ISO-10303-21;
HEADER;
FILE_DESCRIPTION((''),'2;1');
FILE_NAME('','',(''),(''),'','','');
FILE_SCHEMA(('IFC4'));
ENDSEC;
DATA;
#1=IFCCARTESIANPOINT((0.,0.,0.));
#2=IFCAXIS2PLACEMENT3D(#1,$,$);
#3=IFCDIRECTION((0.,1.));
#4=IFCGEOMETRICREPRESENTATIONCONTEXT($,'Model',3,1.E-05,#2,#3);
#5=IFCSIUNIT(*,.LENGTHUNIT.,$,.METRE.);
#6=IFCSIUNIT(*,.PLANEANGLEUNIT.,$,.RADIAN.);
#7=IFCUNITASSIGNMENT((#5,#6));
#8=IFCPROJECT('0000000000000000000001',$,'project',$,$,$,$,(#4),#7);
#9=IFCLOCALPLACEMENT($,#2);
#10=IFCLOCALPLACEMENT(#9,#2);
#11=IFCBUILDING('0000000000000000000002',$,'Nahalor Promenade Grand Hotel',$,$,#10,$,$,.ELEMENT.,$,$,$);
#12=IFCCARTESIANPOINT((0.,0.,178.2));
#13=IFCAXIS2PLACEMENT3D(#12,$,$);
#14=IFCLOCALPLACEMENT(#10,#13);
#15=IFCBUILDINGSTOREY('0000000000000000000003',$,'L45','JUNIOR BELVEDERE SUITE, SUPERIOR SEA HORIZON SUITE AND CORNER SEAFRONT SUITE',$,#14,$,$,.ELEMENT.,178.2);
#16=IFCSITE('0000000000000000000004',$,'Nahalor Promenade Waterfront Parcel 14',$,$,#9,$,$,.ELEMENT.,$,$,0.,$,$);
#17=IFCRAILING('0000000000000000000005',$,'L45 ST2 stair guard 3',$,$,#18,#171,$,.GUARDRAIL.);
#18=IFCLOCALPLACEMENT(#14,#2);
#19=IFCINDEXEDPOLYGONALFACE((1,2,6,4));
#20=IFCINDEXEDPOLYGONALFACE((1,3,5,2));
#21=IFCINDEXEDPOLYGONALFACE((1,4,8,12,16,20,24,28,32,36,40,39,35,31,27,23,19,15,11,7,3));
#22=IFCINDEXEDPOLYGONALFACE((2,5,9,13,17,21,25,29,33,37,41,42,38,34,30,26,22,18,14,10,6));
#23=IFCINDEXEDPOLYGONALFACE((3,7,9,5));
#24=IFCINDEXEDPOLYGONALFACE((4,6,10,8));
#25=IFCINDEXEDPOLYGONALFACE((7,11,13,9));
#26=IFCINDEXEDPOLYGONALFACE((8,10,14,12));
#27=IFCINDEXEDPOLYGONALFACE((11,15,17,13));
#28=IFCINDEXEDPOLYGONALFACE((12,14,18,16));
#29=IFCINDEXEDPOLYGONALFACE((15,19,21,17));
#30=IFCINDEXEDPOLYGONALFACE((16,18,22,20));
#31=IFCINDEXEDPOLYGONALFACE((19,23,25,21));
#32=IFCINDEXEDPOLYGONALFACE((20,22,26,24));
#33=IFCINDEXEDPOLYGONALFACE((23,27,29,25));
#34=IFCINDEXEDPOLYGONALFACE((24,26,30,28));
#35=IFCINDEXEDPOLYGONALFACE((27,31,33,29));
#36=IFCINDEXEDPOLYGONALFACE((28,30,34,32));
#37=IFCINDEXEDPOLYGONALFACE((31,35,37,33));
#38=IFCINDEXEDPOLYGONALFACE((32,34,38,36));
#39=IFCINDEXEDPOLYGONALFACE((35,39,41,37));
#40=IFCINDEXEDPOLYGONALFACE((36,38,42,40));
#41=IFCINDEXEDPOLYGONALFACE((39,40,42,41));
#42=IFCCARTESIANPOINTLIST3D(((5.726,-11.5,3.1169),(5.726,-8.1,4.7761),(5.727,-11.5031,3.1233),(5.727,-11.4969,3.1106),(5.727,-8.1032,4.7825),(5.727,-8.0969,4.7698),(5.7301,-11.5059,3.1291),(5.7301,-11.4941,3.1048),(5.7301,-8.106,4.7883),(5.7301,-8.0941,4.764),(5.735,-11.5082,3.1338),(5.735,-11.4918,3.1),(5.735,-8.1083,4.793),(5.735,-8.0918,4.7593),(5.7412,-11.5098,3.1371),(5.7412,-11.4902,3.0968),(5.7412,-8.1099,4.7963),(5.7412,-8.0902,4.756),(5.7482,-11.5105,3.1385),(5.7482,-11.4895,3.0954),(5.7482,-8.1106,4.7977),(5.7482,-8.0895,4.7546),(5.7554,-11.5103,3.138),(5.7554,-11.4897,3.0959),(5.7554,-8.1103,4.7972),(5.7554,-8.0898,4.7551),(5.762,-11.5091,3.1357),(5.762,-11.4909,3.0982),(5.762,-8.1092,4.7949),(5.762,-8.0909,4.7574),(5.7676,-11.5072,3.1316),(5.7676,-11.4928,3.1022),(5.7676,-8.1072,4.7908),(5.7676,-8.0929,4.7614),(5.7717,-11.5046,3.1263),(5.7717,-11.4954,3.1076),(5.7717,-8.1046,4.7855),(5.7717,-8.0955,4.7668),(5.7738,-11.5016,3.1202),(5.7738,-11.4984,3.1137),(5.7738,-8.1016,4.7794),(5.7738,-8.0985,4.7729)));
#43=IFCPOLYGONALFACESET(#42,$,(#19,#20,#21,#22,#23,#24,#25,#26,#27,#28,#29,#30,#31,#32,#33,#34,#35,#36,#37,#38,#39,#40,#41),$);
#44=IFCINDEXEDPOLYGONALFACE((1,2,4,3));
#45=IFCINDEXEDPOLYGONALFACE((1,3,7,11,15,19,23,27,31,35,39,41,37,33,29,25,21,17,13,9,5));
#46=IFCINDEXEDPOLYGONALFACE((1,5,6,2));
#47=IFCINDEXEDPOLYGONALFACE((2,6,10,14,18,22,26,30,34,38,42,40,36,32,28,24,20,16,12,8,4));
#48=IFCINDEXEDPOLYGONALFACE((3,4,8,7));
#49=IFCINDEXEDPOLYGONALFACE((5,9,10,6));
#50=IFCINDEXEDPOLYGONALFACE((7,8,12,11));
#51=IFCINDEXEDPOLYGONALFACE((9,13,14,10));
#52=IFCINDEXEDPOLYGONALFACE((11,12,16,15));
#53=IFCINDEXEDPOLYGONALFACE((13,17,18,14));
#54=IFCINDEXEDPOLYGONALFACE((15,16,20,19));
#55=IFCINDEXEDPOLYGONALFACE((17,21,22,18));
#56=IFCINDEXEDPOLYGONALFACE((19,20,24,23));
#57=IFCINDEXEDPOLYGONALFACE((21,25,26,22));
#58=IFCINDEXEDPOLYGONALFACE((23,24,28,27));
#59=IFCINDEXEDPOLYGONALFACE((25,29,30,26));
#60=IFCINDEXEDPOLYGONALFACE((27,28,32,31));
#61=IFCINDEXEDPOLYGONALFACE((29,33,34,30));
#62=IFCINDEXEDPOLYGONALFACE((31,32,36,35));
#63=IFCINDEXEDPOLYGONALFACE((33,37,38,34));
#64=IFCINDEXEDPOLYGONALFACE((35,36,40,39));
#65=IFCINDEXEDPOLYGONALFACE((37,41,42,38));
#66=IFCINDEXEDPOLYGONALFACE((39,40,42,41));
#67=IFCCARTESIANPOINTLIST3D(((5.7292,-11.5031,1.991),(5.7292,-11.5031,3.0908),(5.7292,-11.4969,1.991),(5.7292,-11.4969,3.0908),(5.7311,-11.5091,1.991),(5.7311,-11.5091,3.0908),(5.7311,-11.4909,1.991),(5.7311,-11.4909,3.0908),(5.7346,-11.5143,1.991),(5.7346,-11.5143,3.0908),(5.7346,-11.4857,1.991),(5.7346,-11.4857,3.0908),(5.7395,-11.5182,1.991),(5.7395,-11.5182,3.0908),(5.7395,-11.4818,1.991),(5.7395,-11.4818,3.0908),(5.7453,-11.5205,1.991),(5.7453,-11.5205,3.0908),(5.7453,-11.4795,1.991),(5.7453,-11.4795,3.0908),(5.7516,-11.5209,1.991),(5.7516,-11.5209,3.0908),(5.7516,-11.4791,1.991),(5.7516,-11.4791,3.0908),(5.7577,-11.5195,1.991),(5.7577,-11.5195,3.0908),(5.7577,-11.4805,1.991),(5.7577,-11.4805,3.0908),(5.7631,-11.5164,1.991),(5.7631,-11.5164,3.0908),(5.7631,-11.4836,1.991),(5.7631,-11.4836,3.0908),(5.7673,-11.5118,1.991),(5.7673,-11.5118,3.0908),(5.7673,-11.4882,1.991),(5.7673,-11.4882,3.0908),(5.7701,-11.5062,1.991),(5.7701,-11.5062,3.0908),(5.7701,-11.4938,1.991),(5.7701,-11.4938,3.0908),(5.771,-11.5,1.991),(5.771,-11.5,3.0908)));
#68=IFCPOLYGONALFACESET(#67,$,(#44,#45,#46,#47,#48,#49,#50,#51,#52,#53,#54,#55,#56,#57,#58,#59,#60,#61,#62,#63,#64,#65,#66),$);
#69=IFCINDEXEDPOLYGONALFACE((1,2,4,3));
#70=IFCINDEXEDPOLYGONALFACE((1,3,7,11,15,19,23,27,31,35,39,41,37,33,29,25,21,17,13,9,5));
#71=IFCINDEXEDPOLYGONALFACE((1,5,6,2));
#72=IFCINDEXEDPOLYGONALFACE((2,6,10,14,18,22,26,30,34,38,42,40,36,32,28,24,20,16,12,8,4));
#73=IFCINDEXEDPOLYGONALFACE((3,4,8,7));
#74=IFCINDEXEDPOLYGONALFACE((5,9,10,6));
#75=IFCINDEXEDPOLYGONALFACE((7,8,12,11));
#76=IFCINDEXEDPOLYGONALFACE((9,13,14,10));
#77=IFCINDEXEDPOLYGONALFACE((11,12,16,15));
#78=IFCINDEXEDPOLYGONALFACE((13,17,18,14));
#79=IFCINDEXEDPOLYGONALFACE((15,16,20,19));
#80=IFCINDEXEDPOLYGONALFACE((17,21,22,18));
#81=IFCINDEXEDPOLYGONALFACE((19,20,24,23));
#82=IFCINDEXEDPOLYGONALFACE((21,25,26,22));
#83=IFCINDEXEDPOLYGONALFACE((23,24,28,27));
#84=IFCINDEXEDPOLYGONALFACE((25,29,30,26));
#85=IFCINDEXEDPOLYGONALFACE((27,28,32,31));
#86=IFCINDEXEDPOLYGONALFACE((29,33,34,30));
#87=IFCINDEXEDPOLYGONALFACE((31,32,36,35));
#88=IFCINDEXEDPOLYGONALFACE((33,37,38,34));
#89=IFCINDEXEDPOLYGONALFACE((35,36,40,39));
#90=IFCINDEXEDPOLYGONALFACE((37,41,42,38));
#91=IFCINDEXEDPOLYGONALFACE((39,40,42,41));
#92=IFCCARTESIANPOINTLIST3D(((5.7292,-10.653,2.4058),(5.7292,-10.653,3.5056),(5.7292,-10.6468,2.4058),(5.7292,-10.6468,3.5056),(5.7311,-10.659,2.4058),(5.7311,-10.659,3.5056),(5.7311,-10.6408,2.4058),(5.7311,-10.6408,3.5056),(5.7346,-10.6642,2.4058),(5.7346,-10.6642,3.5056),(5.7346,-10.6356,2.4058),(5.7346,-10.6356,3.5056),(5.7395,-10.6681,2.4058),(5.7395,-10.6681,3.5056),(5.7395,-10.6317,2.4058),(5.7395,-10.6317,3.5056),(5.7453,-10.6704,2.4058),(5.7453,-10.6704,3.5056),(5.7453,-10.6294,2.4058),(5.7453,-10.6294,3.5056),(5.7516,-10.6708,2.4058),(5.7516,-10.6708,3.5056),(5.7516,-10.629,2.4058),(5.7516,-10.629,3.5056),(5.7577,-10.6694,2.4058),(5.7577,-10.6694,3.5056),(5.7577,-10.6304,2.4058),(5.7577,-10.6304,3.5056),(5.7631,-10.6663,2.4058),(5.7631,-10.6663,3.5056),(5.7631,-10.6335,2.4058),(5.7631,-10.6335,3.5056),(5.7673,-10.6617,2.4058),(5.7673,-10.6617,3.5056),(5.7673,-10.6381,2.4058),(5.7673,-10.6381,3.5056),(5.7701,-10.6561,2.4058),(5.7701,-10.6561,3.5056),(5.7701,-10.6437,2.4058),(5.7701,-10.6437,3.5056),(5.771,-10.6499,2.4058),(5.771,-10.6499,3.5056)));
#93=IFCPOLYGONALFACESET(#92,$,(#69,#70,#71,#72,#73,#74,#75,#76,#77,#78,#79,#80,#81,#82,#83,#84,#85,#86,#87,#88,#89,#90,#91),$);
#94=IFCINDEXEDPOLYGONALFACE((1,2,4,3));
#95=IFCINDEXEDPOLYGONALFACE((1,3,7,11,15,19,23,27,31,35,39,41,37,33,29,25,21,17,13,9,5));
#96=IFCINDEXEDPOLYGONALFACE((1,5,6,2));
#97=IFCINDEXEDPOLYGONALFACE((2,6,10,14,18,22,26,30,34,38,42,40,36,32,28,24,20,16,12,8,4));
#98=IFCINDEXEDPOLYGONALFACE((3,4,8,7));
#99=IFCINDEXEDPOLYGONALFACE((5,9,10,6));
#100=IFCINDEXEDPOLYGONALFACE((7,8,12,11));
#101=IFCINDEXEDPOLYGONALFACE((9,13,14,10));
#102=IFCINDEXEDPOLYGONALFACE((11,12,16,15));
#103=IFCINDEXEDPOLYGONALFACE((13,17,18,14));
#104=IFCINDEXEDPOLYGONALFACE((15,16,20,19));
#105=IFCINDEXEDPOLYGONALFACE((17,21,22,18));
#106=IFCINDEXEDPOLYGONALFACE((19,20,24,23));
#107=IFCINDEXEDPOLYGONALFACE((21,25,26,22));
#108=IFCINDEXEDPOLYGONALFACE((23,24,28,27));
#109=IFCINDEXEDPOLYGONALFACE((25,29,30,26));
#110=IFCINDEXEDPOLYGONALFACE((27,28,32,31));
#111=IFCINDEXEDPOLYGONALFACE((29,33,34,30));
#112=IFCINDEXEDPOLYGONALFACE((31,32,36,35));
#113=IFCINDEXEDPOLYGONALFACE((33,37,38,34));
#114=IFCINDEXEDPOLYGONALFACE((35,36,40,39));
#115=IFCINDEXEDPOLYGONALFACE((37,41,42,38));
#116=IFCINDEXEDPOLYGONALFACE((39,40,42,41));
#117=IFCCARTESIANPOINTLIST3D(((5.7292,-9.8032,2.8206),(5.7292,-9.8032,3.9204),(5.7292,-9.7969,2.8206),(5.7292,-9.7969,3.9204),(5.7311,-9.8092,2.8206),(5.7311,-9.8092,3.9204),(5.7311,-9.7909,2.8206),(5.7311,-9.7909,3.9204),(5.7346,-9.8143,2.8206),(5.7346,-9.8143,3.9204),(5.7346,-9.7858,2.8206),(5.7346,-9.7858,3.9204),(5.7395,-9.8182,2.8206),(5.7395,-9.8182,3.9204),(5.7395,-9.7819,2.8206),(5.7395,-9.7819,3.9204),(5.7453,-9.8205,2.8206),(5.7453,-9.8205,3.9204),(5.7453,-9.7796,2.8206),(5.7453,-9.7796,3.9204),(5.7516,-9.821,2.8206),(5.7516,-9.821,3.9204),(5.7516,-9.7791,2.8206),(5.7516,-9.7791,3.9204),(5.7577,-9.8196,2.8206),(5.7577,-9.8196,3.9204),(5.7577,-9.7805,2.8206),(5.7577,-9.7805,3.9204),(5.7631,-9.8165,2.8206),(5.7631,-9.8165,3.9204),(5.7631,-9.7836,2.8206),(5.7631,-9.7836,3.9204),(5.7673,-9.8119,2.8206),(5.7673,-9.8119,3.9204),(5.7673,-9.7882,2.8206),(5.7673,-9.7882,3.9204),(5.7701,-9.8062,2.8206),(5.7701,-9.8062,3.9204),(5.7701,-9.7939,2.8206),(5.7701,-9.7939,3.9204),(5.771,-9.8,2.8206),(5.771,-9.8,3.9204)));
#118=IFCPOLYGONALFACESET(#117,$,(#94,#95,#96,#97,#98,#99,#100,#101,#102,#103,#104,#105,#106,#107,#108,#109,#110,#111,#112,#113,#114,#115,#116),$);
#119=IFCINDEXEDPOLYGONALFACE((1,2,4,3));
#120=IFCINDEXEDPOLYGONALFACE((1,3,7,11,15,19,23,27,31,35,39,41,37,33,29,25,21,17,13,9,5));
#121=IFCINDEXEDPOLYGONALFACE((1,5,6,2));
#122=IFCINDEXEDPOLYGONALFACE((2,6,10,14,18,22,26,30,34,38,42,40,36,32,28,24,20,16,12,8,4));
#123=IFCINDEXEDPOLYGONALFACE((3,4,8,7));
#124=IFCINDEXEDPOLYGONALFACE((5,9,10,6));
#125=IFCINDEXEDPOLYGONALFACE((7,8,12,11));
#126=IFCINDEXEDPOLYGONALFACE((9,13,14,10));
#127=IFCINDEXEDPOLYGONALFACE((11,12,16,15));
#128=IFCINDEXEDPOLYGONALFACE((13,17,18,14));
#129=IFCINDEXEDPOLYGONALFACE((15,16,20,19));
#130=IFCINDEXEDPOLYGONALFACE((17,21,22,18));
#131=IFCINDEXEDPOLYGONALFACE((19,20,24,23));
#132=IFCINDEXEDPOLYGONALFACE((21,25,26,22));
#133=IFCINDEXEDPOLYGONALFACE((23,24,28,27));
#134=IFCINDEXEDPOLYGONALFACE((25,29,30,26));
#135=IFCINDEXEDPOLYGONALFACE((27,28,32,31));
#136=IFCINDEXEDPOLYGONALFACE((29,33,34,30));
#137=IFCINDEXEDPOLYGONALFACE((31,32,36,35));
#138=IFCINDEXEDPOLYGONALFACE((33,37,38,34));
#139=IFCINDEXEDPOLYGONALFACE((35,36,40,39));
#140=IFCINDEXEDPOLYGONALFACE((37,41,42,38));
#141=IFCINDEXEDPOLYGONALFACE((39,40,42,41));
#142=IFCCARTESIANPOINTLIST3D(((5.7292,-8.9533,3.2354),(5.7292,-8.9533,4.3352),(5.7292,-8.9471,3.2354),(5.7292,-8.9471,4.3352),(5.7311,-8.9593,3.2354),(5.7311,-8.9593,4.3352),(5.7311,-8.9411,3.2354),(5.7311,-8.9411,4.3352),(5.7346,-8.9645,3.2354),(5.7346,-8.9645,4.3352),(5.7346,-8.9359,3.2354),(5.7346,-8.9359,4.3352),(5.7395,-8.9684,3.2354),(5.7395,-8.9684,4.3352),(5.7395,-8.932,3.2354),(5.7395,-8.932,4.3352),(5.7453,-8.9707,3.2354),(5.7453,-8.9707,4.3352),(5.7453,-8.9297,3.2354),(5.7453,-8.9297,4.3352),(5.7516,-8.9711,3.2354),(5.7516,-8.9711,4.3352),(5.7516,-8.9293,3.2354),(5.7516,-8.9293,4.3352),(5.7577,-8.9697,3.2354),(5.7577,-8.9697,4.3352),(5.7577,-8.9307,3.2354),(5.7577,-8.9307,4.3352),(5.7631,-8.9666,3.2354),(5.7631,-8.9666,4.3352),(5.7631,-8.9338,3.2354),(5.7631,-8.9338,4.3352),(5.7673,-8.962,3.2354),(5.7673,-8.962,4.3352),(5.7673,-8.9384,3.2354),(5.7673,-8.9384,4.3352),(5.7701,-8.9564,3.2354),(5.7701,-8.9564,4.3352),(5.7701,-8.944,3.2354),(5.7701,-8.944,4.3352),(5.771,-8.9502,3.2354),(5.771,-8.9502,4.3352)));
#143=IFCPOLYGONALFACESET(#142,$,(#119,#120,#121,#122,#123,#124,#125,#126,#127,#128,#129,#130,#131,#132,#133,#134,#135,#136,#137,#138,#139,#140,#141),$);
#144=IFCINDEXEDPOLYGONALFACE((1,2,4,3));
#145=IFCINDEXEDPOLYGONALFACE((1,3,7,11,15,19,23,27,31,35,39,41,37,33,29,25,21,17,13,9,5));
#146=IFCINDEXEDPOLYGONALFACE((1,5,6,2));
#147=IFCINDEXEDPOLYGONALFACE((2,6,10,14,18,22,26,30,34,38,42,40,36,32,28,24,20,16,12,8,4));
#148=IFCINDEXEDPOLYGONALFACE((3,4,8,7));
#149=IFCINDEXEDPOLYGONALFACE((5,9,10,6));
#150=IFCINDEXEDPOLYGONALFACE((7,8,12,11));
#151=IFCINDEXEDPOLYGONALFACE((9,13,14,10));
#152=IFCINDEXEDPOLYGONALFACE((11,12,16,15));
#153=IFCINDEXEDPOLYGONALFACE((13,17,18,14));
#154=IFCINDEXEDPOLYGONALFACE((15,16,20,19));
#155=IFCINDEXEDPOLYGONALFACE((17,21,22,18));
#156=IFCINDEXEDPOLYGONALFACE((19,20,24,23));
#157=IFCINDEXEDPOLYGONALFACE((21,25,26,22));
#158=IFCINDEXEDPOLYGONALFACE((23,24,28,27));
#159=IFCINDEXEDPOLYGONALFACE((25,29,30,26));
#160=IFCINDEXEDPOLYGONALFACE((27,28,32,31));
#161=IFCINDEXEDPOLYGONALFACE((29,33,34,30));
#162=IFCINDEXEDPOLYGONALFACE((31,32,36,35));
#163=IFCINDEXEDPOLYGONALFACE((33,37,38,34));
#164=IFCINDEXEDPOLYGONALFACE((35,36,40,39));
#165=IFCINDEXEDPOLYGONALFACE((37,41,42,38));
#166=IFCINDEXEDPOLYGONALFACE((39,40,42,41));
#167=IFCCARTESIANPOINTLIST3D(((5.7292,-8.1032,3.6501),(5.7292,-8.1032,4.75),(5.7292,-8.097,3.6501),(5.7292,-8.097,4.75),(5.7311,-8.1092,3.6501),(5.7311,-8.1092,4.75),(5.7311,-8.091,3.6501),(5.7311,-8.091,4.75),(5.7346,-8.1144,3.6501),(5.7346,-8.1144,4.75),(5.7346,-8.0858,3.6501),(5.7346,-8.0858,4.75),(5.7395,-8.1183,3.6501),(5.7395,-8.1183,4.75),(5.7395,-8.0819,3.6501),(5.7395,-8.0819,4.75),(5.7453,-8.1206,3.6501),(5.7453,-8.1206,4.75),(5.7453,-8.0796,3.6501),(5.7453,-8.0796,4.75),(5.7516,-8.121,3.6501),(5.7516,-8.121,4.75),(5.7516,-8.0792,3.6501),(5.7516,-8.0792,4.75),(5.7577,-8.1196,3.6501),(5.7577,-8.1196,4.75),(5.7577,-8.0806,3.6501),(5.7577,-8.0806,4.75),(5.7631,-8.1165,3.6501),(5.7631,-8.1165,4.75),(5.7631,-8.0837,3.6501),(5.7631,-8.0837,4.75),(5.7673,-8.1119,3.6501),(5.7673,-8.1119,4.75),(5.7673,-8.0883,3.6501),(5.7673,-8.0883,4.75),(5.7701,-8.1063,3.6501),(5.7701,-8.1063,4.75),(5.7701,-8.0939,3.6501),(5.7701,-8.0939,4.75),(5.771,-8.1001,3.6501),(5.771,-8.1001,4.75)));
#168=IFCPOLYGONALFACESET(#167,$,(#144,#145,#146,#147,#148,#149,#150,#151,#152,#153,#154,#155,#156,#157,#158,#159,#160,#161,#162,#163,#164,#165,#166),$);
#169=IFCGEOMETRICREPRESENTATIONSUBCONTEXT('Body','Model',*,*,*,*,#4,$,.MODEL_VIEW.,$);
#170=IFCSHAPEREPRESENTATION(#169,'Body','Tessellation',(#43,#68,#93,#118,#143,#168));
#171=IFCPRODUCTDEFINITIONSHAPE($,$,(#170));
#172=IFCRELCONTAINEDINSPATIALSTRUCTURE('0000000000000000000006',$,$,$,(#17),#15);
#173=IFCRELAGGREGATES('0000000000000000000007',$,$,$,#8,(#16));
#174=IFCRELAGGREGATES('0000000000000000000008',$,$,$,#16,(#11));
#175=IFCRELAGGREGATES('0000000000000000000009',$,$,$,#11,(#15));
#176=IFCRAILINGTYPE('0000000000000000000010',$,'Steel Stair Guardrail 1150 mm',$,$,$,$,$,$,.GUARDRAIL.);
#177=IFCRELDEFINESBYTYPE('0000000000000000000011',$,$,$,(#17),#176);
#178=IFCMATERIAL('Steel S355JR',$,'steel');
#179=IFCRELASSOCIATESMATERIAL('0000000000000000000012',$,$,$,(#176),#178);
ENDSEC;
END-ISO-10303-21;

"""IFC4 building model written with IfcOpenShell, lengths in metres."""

from ifc_helpers import new_model, si_unit, direction, frame, origin, origin_2d, place, context, subcontext, project, spatial, circle, extrude, material, type_object, element, save


model = new_model("IFC4")

# Units and contexts
model_context = context("Model", 3, precision=1e-05, world=origin(), true_north=direction((0.0, 1.0)))
body_context = subcontext(model_context, "Body", "Model", "MODEL_VIEW")
ifc_project = project(units=[si_unit("LENGTHUNIT", "METRE"), si_unit("PLANEANGLEUNIT", "RADIAN")], contexts=[model_context])

# Site, building, storey
site_placement = place(None, origin())
site = spatial("IfcSite", under=ifc_project, at=site_placement, Name="Nahalor Promenade Waterfront Parcel 14", CompositionType="ELEMENT", RefElevation=0.0)
building_placement = place(site_placement, origin())
building = spatial("IfcBuilding", under=site, at=building_placement, Name="Nahalor Promenade Grand Hotel", CompositionType="ELEMENT")
storey_placement = place(building_placement, frame((0.0, 0.0, 178.2)))
storey = spatial("IfcBuildingStorey", under=building, at=storey_placement, Name="L45", Description="JUNIOR BELVEDERE SUITE, SUPERIOR SEA HORIZON SUITE AND CORNER SEAFRONT SUITE", CompositionType="ELEMENT", Elevation=178.2)

# Shared definitions
ifc_material_1 = material(Name="Steel S355JR", Category="steel")

# Railing
railing_type_1 = type_object("IfcRailingType", Name="Steel Stair Guardrail 1150 mm", PredefinedType="GUARDRAIL", material=ifc_material_1)
railing_1_placement = place(storey_placement, frame((5.75, -11.5, 1.991)))
element("IfcRailing", 1, at=railing_1_placement, inside=storey, type_object=railing_type_1, Name="L45 ST2 stair guard 3", PredefinedType="GUARDRAIL", context=body_context, shape_type="SweptSolid", body=[
    extrude(circle(Radius=0.024, at=origin_2d()), frame((0.0, 0.0, 1.126), z_axis=(0.0, 0.898696, 0.438571), x_axis=(-1.0, 0.0, 0.0)), (0.0, 0.0, 1.0), 3.7832),
    extrude(circle(Radius=0.021, at=origin_2d()), origin(), (0.0, 0.0, 1.0), 1.0999),
    extrude(circle(Radius=0.021, at=origin_2d()), frame((0.0, 0.8501, 0.4148)), (0.0, 0.0, 1.0), 1.0999),
    extrude(circle(Radius=0.021, at=origin_2d()), frame((0.0, 1.7, 0.8296)), (0.0, 0.0, 1.0), 1.0999),
    extrude(circle(Radius=0.021, at=origin_2d()), frame((0.0, 2.5498, 1.2444)), (0.0, 0.0, 1.0), 1.0999),
    extrude(circle(Radius=0.021, at=origin_2d()), frame((0.0, 3.3999, 1.6592)), (0.0, 0.0, 1.0), 1.0999),
])

save(model, "model.ifc")
